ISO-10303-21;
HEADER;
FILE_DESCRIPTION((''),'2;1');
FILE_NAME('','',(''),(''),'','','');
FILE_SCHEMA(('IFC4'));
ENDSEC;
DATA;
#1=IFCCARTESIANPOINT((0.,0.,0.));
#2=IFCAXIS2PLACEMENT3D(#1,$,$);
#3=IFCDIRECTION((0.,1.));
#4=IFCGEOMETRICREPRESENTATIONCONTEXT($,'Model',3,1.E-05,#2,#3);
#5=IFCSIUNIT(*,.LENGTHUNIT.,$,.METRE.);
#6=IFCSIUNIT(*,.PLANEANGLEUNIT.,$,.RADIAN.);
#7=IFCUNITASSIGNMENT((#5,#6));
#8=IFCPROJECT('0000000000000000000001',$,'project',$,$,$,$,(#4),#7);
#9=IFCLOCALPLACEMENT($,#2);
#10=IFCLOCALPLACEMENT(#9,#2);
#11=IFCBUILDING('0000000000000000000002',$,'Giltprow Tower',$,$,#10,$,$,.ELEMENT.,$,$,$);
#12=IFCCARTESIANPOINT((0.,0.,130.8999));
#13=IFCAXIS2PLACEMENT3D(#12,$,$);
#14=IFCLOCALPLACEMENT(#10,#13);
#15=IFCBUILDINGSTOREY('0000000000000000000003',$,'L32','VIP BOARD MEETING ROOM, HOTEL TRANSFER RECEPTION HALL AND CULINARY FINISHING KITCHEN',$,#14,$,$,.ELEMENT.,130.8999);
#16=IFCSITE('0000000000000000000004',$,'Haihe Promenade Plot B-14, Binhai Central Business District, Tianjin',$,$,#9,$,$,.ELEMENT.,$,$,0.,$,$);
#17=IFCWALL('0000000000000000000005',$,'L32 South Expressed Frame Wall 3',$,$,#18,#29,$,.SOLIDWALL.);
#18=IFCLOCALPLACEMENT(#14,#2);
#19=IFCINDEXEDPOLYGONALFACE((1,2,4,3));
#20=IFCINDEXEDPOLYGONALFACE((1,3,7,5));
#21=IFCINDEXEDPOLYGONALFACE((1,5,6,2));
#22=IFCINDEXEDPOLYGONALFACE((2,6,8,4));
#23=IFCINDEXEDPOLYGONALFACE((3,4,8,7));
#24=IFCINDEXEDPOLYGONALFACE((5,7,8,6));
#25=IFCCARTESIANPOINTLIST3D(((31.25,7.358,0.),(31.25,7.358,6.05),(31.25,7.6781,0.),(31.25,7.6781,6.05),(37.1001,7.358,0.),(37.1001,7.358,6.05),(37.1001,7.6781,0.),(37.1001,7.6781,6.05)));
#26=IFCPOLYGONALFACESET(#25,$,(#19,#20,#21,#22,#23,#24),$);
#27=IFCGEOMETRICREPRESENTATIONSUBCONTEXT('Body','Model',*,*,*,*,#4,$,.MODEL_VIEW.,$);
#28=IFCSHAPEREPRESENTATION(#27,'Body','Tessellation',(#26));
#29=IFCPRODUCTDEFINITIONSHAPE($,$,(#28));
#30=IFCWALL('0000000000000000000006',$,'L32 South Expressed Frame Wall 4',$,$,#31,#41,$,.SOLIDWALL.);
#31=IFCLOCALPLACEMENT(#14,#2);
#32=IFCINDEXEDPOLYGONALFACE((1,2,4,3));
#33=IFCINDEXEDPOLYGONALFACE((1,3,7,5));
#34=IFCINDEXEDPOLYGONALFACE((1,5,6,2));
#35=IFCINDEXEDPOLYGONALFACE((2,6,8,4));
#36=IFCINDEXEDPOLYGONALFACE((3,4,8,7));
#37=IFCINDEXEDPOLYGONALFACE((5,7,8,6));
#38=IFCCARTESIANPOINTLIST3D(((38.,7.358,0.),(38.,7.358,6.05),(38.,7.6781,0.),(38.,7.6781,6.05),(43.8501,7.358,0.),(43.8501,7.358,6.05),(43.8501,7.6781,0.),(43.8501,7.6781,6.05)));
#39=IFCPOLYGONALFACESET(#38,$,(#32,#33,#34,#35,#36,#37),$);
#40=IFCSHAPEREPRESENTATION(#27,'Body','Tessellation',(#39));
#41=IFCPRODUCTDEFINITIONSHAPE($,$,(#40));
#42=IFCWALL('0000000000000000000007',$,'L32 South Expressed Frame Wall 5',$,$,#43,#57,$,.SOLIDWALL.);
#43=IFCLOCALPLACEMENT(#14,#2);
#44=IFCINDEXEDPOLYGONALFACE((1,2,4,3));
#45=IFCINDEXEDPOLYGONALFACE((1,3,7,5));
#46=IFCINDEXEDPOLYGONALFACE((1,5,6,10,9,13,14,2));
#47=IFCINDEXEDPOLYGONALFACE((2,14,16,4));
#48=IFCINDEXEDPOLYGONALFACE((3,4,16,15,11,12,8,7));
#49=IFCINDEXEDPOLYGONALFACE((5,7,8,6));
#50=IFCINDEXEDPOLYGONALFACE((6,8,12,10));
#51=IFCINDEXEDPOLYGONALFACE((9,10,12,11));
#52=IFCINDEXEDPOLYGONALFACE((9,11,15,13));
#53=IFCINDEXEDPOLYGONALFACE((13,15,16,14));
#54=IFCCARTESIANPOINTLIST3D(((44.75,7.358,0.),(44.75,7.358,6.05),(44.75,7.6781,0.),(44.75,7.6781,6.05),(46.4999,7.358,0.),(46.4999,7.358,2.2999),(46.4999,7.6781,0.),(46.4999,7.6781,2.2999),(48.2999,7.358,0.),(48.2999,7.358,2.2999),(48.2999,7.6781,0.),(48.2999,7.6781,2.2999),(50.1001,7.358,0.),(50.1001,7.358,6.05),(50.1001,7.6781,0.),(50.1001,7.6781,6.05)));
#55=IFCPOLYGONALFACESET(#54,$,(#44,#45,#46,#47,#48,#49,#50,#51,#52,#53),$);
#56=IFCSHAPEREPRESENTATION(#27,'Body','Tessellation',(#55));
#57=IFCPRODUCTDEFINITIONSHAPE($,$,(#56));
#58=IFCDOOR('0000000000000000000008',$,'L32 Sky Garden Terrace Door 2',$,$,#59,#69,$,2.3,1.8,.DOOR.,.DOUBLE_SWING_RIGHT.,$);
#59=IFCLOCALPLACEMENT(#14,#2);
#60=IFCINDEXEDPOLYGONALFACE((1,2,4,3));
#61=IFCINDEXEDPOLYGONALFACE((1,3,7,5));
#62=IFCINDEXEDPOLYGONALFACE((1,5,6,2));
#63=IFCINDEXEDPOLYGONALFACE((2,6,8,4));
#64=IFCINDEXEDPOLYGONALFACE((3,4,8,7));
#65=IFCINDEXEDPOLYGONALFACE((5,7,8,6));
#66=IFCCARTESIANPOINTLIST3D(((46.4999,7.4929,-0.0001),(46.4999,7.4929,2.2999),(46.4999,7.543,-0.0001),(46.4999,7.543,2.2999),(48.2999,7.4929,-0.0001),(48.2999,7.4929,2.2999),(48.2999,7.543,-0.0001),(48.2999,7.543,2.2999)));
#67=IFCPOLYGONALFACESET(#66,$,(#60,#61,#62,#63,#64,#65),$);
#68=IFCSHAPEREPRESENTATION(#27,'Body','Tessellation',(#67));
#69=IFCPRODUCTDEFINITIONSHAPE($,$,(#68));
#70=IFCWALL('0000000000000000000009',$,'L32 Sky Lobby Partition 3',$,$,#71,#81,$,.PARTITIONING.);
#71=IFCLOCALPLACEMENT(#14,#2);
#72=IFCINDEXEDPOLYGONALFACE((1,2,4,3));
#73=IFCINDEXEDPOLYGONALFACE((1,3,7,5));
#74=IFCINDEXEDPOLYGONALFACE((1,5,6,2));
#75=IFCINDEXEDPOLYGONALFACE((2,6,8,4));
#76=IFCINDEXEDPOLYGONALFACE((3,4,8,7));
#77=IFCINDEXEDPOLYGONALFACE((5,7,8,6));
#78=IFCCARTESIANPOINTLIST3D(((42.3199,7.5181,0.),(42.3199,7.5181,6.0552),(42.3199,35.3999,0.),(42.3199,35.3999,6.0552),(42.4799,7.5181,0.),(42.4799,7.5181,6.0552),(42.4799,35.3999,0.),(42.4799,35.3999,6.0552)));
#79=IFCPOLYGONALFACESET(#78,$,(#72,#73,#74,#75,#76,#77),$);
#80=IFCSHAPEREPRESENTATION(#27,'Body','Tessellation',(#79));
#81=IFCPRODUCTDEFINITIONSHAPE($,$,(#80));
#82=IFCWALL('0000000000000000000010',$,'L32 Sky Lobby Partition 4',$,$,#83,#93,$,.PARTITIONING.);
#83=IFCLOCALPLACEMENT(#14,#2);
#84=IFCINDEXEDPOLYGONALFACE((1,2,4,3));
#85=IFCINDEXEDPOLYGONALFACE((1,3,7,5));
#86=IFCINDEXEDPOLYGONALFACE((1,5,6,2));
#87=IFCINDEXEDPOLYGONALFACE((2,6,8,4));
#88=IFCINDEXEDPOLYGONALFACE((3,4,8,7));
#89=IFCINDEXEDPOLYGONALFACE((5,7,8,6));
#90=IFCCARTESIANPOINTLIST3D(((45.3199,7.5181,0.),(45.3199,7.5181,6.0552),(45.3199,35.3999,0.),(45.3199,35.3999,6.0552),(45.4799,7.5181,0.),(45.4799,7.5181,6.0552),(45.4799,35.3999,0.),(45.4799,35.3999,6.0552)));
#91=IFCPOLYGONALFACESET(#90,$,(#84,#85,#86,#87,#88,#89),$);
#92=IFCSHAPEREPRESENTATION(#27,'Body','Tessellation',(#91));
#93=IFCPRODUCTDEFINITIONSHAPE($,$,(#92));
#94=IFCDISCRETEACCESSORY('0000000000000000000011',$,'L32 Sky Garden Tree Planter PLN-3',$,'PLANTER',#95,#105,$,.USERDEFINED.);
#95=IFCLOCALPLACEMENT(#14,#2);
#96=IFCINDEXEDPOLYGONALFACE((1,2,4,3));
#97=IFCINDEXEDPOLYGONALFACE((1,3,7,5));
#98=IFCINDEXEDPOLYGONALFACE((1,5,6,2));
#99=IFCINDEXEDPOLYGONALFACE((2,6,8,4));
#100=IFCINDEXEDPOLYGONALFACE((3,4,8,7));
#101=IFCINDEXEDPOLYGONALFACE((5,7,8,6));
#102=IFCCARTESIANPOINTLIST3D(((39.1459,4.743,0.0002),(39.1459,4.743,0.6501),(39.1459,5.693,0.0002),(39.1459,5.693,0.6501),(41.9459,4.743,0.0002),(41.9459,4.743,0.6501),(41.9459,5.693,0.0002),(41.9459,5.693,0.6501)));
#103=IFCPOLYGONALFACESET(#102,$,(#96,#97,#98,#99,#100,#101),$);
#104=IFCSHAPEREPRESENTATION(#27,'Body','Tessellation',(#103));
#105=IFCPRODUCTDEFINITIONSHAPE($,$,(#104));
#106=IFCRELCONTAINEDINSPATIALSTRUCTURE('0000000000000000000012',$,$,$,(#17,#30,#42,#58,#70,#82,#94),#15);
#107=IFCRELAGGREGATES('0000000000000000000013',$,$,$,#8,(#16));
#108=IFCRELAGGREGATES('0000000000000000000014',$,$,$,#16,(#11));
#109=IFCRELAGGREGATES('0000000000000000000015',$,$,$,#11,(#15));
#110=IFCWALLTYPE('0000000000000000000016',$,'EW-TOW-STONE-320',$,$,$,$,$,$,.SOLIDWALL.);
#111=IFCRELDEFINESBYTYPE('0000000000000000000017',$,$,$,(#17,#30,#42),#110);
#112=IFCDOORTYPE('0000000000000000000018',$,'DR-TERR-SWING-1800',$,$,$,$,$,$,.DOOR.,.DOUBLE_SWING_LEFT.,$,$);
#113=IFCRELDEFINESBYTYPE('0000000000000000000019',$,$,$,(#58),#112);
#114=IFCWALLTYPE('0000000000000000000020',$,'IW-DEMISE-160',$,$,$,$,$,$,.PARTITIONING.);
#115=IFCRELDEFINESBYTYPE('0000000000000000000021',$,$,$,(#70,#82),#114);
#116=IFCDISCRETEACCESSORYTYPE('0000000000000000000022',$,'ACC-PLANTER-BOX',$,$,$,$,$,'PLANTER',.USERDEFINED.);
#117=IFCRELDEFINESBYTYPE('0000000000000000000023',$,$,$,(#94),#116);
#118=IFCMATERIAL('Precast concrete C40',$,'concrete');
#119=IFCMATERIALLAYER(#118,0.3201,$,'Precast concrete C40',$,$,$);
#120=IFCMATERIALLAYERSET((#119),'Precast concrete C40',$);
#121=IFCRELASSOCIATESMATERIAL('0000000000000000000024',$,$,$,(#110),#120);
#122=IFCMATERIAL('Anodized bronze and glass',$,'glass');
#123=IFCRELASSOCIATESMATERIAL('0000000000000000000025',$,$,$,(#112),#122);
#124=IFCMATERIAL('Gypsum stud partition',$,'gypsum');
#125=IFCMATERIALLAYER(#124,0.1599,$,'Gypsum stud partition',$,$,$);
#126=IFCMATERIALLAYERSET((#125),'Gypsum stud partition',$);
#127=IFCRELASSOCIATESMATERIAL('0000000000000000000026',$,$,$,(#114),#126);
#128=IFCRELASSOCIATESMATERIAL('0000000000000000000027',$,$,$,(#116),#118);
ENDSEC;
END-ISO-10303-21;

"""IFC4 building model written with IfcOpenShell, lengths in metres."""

from ifc_helpers import new_model, si_unit, direction, frame, frame_2d, origin, origin_2d, place, context, subcontext, project, spatial, rectangle, extrude, source, transform, mapped, material, layer, layer_set, type_object, element, fill, save


model = new_model("IFC4")

# Units and contexts
model_context = context("Model", 3, precision=1e-05, world=origin(), true_north=direction((0.0, 1.0)))
body_context = subcontext(model_context, "Body", "Model", "MODEL_VIEW")
ifc_project = project(units=[si_unit("LENGTHUNIT", "METRE"), si_unit("PLANEANGLEUNIT", "RADIAN")], contexts=[model_context])

# Site, building, storey
site_placement = place(None, origin())
site = spatial("IfcSite", under=ifc_project, at=site_placement, Name="Haihe Promenade Plot B-14, Binhai Central Business District, Tianjin", CompositionType="ELEMENT", RefElevation=0.0)
building_placement = place(site_placement, origin())
building = spatial("IfcBuilding", under=site, at=building_placement, Name="Giltprow Tower", CompositionType="ELEMENT")
storey_placement = place(building_placement, frame((0.0, 0.0, 130.8999)))
storey = spatial("IfcBuildingStorey", under=building, at=storey_placement, Name="L32", Description="VIP BOARD MEETING ROOM, HOTEL TRANSFER RECEPTION HALL AND CULINARY FINISHING KITCHEN", CompositionType="ELEMENT", Elevation=130.8999)

# Walls
ifc_material_1 = material(Name="Precast concrete C40", Category="concrete")
ifc_layer_1 = layer(ifc_material_1, 0.3201, Name="Precast concrete C40")
ifc_layer_set_1 = layer_set([ifc_layer_1], Name="Precast concrete C40")
wall_type_1 = type_object("IfcWallType", Name="EW-TOW-STONE-320", PredefinedType="SOLIDWALL", material=ifc_layer_set_1)
for number, where, z_axis, x_axis, name in (
    (1, (31.25, 7.5181, 0.0), (0.0, 0.0, 1.0), (1.0, 0.0, 0.0), "L32 South Expressed Frame Wall 3"),
    (2, (38.0, 7.5181, 0.0), (0.0, 0.0, 1.0), (1.0, 0.0, 0.0), "L32 South Expressed Frame Wall 4"),
):
    element("IfcWall", number, at=place(storey_placement, frame(where, z_axis=z_axis, x_axis=x_axis)), inside=storey, type_object=wall_type_1, Name=name, PredefinedType="SOLIDWALL", context=body_context, shape_type="SweptSolid", body=[
        extrude(rectangle(XDim=5.8501, YDim=0.3201, at=frame_2d((2.925, 0.0))), origin(), (0.0, 0.0, 1.0), 6.05),
    ])

# Wall, opening, door
wall_placement = place(storey_placement, frame((44.75, 7.5181, 0.0), z_axis=(0.0, 0.0, 1.0), x_axis=(1.0, 0.0, 0.0)))
wall = element("IfcWall", 3, at=wall_placement, inside=storey, type_object=wall_type_1, Name="L32 South Expressed Frame Wall 5", PredefinedType="SOLIDWALL", context=body_context, shape_type="SweptSolid", body=[
    extrude(rectangle(XDim=5.3501, YDim=0.3201, at=frame_2d((2.675, 0.0))), origin(), (0.0, 0.0, 1.0), 6.05),
])
opening_placement = place(wall_placement, frame((1.75, 0.0, 0.0)))
opening = element("IfcOpeningElement", 4, at=opening_placement, cuts=wall, PredefinedType="OPENING", context=body_context, shape_type="SweptSolid", body=[
    extrude(rectangle(XDim=1.8, YDim=2.3, at=frame_2d((0.8999, 1.1499))), frame((0.0, 0.1699, 0.0), z_axis=(0.0, -1.0, 0.0), x_axis=(1.0, 0.0, 0.0)), (0.0, 0.0, 1.0), 0.3401),
])
ifc_material_2 = material(Name="Anodized bronze and glass", Category="glass")
door_type = type_object("IfcDoorType", Name="DR-TERR-SWING-1800", OperationType="DOUBLE_SWING_LEFT", PredefinedType="DOOR", material=ifc_material_2)
shared_shape_1 = source(origin(), body_context, "Body", "SweptSolid", [
    extrude(rectangle(XDim=1.8, YDim=2.3, at=frame_2d((0.8999, 1.1499))), frame((0.0, 0.0249, 0.0), z_axis=(0.0, -1.0, 0.0), x_axis=(1.0, 0.0, 0.0)), (0.0, 0.0, 1.0), 0.05),
])
door_placement = place(opening_placement, origin())
door = element("IfcDoor", 5, at=door_placement, inside=storey, type_object=door_type, Name="L32 Sky Garden Terrace Door 2", OperationType="DOUBLE_SWING_RIGHT", OverallHeight=2.3, OverallWidth=1.8, PredefinedType="DOOR", context=body_context, shape_type="MappedRepresentation", body=[
    mapped(shared_shape_1, transform((0.0, 0.0, 0.0), x_axis=(1.0, 0.0, 0.0), y_axis=(0.0, 1.0, 0.0), z_axis=(0.0, 0.0, 1.0), scale=1.0)),
])
fill(opening, door)

# Walls
ifc_material_3 = material(Name="Gypsum stud partition", Category="gypsum")
ifc_layer_2 = layer(ifc_material_3, 0.1599, Name="Gypsum stud partition")
ifc_layer_set_2 = layer_set([ifc_layer_2], Name="Gypsum stud partition")
wall_type_2 = type_object("IfcWallType", Name="IW-DEMISE-160", PredefinedType="PARTITIONING", material=ifc_layer_set_2)
for number, where, z_axis, x_axis, name in (
    (6, (42.3999, 7.5181, 0.0), (0.0, 0.0, 1.0), (0.0, 1.0, 0.0), "L32 Sky Lobby Partition 3"),
    (7, (45.3999, 7.5181, 0.0), (0.0, 0.0, 1.0), (0.0, 1.0, 0.0), "L32 Sky Lobby Partition 4"),
):
    element("IfcWall", number, at=place(storey_placement, frame(where, z_axis=z_axis, x_axis=x_axis)), inside=storey, type_object=wall_type_2, Name=name, PredefinedType="PARTITIONING", context=body_context, shape_type="SweptSolid", body=[
        extrude(rectangle(XDim=27.8818, YDim=0.1599, at=frame_2d((13.9409, 0.0))), origin(), (0.0, 0.0, 1.0), 6.0552),
    ])

# Discrete accessory
discrete_accessory_type = type_object("IfcDiscreteAccessoryType", Name="ACC-PLANTER-BOX", ElementType="PLANTER", PredefinedType="USERDEFINED", material=ifc_material_1)
shared_shape_2 = source(origin(), body_context, "Body", "SweptSolid", [
    extrude(rectangle(XDim=2.8, YDim=0.95, at=origin_2d()), origin(), (0.0, 0.0, 1.0), 0.6499),
])
discrete_accessory_placement = place(storey_placement, frame((40.5459, 5.218, 0.0002), z_axis=(0.0, 0.0, 1.0), x_axis=(1.0, 0.0, 0.0)))
element("IfcDiscreteAccessory", 8, at=discrete_accessory_placement, inside=storey, type_object=discrete_accessory_type, Name="L32 Sky Garden Tree Planter PLN-3", ObjectType="PLANTER", PredefinedType="USERDEFINED", context=body_context, shape_type="MappedRepresentation", body=[
    mapped(shared_shape_2, transform((0.0, 0.0, 0.0), x_axis=(1.0, 0.0, 0.0), y_axis=(0.0, 1.0, 0.0), z_axis=(0.0, 0.0, 1.0), scale=1.0)),
])

save(model, "model.ifc")
